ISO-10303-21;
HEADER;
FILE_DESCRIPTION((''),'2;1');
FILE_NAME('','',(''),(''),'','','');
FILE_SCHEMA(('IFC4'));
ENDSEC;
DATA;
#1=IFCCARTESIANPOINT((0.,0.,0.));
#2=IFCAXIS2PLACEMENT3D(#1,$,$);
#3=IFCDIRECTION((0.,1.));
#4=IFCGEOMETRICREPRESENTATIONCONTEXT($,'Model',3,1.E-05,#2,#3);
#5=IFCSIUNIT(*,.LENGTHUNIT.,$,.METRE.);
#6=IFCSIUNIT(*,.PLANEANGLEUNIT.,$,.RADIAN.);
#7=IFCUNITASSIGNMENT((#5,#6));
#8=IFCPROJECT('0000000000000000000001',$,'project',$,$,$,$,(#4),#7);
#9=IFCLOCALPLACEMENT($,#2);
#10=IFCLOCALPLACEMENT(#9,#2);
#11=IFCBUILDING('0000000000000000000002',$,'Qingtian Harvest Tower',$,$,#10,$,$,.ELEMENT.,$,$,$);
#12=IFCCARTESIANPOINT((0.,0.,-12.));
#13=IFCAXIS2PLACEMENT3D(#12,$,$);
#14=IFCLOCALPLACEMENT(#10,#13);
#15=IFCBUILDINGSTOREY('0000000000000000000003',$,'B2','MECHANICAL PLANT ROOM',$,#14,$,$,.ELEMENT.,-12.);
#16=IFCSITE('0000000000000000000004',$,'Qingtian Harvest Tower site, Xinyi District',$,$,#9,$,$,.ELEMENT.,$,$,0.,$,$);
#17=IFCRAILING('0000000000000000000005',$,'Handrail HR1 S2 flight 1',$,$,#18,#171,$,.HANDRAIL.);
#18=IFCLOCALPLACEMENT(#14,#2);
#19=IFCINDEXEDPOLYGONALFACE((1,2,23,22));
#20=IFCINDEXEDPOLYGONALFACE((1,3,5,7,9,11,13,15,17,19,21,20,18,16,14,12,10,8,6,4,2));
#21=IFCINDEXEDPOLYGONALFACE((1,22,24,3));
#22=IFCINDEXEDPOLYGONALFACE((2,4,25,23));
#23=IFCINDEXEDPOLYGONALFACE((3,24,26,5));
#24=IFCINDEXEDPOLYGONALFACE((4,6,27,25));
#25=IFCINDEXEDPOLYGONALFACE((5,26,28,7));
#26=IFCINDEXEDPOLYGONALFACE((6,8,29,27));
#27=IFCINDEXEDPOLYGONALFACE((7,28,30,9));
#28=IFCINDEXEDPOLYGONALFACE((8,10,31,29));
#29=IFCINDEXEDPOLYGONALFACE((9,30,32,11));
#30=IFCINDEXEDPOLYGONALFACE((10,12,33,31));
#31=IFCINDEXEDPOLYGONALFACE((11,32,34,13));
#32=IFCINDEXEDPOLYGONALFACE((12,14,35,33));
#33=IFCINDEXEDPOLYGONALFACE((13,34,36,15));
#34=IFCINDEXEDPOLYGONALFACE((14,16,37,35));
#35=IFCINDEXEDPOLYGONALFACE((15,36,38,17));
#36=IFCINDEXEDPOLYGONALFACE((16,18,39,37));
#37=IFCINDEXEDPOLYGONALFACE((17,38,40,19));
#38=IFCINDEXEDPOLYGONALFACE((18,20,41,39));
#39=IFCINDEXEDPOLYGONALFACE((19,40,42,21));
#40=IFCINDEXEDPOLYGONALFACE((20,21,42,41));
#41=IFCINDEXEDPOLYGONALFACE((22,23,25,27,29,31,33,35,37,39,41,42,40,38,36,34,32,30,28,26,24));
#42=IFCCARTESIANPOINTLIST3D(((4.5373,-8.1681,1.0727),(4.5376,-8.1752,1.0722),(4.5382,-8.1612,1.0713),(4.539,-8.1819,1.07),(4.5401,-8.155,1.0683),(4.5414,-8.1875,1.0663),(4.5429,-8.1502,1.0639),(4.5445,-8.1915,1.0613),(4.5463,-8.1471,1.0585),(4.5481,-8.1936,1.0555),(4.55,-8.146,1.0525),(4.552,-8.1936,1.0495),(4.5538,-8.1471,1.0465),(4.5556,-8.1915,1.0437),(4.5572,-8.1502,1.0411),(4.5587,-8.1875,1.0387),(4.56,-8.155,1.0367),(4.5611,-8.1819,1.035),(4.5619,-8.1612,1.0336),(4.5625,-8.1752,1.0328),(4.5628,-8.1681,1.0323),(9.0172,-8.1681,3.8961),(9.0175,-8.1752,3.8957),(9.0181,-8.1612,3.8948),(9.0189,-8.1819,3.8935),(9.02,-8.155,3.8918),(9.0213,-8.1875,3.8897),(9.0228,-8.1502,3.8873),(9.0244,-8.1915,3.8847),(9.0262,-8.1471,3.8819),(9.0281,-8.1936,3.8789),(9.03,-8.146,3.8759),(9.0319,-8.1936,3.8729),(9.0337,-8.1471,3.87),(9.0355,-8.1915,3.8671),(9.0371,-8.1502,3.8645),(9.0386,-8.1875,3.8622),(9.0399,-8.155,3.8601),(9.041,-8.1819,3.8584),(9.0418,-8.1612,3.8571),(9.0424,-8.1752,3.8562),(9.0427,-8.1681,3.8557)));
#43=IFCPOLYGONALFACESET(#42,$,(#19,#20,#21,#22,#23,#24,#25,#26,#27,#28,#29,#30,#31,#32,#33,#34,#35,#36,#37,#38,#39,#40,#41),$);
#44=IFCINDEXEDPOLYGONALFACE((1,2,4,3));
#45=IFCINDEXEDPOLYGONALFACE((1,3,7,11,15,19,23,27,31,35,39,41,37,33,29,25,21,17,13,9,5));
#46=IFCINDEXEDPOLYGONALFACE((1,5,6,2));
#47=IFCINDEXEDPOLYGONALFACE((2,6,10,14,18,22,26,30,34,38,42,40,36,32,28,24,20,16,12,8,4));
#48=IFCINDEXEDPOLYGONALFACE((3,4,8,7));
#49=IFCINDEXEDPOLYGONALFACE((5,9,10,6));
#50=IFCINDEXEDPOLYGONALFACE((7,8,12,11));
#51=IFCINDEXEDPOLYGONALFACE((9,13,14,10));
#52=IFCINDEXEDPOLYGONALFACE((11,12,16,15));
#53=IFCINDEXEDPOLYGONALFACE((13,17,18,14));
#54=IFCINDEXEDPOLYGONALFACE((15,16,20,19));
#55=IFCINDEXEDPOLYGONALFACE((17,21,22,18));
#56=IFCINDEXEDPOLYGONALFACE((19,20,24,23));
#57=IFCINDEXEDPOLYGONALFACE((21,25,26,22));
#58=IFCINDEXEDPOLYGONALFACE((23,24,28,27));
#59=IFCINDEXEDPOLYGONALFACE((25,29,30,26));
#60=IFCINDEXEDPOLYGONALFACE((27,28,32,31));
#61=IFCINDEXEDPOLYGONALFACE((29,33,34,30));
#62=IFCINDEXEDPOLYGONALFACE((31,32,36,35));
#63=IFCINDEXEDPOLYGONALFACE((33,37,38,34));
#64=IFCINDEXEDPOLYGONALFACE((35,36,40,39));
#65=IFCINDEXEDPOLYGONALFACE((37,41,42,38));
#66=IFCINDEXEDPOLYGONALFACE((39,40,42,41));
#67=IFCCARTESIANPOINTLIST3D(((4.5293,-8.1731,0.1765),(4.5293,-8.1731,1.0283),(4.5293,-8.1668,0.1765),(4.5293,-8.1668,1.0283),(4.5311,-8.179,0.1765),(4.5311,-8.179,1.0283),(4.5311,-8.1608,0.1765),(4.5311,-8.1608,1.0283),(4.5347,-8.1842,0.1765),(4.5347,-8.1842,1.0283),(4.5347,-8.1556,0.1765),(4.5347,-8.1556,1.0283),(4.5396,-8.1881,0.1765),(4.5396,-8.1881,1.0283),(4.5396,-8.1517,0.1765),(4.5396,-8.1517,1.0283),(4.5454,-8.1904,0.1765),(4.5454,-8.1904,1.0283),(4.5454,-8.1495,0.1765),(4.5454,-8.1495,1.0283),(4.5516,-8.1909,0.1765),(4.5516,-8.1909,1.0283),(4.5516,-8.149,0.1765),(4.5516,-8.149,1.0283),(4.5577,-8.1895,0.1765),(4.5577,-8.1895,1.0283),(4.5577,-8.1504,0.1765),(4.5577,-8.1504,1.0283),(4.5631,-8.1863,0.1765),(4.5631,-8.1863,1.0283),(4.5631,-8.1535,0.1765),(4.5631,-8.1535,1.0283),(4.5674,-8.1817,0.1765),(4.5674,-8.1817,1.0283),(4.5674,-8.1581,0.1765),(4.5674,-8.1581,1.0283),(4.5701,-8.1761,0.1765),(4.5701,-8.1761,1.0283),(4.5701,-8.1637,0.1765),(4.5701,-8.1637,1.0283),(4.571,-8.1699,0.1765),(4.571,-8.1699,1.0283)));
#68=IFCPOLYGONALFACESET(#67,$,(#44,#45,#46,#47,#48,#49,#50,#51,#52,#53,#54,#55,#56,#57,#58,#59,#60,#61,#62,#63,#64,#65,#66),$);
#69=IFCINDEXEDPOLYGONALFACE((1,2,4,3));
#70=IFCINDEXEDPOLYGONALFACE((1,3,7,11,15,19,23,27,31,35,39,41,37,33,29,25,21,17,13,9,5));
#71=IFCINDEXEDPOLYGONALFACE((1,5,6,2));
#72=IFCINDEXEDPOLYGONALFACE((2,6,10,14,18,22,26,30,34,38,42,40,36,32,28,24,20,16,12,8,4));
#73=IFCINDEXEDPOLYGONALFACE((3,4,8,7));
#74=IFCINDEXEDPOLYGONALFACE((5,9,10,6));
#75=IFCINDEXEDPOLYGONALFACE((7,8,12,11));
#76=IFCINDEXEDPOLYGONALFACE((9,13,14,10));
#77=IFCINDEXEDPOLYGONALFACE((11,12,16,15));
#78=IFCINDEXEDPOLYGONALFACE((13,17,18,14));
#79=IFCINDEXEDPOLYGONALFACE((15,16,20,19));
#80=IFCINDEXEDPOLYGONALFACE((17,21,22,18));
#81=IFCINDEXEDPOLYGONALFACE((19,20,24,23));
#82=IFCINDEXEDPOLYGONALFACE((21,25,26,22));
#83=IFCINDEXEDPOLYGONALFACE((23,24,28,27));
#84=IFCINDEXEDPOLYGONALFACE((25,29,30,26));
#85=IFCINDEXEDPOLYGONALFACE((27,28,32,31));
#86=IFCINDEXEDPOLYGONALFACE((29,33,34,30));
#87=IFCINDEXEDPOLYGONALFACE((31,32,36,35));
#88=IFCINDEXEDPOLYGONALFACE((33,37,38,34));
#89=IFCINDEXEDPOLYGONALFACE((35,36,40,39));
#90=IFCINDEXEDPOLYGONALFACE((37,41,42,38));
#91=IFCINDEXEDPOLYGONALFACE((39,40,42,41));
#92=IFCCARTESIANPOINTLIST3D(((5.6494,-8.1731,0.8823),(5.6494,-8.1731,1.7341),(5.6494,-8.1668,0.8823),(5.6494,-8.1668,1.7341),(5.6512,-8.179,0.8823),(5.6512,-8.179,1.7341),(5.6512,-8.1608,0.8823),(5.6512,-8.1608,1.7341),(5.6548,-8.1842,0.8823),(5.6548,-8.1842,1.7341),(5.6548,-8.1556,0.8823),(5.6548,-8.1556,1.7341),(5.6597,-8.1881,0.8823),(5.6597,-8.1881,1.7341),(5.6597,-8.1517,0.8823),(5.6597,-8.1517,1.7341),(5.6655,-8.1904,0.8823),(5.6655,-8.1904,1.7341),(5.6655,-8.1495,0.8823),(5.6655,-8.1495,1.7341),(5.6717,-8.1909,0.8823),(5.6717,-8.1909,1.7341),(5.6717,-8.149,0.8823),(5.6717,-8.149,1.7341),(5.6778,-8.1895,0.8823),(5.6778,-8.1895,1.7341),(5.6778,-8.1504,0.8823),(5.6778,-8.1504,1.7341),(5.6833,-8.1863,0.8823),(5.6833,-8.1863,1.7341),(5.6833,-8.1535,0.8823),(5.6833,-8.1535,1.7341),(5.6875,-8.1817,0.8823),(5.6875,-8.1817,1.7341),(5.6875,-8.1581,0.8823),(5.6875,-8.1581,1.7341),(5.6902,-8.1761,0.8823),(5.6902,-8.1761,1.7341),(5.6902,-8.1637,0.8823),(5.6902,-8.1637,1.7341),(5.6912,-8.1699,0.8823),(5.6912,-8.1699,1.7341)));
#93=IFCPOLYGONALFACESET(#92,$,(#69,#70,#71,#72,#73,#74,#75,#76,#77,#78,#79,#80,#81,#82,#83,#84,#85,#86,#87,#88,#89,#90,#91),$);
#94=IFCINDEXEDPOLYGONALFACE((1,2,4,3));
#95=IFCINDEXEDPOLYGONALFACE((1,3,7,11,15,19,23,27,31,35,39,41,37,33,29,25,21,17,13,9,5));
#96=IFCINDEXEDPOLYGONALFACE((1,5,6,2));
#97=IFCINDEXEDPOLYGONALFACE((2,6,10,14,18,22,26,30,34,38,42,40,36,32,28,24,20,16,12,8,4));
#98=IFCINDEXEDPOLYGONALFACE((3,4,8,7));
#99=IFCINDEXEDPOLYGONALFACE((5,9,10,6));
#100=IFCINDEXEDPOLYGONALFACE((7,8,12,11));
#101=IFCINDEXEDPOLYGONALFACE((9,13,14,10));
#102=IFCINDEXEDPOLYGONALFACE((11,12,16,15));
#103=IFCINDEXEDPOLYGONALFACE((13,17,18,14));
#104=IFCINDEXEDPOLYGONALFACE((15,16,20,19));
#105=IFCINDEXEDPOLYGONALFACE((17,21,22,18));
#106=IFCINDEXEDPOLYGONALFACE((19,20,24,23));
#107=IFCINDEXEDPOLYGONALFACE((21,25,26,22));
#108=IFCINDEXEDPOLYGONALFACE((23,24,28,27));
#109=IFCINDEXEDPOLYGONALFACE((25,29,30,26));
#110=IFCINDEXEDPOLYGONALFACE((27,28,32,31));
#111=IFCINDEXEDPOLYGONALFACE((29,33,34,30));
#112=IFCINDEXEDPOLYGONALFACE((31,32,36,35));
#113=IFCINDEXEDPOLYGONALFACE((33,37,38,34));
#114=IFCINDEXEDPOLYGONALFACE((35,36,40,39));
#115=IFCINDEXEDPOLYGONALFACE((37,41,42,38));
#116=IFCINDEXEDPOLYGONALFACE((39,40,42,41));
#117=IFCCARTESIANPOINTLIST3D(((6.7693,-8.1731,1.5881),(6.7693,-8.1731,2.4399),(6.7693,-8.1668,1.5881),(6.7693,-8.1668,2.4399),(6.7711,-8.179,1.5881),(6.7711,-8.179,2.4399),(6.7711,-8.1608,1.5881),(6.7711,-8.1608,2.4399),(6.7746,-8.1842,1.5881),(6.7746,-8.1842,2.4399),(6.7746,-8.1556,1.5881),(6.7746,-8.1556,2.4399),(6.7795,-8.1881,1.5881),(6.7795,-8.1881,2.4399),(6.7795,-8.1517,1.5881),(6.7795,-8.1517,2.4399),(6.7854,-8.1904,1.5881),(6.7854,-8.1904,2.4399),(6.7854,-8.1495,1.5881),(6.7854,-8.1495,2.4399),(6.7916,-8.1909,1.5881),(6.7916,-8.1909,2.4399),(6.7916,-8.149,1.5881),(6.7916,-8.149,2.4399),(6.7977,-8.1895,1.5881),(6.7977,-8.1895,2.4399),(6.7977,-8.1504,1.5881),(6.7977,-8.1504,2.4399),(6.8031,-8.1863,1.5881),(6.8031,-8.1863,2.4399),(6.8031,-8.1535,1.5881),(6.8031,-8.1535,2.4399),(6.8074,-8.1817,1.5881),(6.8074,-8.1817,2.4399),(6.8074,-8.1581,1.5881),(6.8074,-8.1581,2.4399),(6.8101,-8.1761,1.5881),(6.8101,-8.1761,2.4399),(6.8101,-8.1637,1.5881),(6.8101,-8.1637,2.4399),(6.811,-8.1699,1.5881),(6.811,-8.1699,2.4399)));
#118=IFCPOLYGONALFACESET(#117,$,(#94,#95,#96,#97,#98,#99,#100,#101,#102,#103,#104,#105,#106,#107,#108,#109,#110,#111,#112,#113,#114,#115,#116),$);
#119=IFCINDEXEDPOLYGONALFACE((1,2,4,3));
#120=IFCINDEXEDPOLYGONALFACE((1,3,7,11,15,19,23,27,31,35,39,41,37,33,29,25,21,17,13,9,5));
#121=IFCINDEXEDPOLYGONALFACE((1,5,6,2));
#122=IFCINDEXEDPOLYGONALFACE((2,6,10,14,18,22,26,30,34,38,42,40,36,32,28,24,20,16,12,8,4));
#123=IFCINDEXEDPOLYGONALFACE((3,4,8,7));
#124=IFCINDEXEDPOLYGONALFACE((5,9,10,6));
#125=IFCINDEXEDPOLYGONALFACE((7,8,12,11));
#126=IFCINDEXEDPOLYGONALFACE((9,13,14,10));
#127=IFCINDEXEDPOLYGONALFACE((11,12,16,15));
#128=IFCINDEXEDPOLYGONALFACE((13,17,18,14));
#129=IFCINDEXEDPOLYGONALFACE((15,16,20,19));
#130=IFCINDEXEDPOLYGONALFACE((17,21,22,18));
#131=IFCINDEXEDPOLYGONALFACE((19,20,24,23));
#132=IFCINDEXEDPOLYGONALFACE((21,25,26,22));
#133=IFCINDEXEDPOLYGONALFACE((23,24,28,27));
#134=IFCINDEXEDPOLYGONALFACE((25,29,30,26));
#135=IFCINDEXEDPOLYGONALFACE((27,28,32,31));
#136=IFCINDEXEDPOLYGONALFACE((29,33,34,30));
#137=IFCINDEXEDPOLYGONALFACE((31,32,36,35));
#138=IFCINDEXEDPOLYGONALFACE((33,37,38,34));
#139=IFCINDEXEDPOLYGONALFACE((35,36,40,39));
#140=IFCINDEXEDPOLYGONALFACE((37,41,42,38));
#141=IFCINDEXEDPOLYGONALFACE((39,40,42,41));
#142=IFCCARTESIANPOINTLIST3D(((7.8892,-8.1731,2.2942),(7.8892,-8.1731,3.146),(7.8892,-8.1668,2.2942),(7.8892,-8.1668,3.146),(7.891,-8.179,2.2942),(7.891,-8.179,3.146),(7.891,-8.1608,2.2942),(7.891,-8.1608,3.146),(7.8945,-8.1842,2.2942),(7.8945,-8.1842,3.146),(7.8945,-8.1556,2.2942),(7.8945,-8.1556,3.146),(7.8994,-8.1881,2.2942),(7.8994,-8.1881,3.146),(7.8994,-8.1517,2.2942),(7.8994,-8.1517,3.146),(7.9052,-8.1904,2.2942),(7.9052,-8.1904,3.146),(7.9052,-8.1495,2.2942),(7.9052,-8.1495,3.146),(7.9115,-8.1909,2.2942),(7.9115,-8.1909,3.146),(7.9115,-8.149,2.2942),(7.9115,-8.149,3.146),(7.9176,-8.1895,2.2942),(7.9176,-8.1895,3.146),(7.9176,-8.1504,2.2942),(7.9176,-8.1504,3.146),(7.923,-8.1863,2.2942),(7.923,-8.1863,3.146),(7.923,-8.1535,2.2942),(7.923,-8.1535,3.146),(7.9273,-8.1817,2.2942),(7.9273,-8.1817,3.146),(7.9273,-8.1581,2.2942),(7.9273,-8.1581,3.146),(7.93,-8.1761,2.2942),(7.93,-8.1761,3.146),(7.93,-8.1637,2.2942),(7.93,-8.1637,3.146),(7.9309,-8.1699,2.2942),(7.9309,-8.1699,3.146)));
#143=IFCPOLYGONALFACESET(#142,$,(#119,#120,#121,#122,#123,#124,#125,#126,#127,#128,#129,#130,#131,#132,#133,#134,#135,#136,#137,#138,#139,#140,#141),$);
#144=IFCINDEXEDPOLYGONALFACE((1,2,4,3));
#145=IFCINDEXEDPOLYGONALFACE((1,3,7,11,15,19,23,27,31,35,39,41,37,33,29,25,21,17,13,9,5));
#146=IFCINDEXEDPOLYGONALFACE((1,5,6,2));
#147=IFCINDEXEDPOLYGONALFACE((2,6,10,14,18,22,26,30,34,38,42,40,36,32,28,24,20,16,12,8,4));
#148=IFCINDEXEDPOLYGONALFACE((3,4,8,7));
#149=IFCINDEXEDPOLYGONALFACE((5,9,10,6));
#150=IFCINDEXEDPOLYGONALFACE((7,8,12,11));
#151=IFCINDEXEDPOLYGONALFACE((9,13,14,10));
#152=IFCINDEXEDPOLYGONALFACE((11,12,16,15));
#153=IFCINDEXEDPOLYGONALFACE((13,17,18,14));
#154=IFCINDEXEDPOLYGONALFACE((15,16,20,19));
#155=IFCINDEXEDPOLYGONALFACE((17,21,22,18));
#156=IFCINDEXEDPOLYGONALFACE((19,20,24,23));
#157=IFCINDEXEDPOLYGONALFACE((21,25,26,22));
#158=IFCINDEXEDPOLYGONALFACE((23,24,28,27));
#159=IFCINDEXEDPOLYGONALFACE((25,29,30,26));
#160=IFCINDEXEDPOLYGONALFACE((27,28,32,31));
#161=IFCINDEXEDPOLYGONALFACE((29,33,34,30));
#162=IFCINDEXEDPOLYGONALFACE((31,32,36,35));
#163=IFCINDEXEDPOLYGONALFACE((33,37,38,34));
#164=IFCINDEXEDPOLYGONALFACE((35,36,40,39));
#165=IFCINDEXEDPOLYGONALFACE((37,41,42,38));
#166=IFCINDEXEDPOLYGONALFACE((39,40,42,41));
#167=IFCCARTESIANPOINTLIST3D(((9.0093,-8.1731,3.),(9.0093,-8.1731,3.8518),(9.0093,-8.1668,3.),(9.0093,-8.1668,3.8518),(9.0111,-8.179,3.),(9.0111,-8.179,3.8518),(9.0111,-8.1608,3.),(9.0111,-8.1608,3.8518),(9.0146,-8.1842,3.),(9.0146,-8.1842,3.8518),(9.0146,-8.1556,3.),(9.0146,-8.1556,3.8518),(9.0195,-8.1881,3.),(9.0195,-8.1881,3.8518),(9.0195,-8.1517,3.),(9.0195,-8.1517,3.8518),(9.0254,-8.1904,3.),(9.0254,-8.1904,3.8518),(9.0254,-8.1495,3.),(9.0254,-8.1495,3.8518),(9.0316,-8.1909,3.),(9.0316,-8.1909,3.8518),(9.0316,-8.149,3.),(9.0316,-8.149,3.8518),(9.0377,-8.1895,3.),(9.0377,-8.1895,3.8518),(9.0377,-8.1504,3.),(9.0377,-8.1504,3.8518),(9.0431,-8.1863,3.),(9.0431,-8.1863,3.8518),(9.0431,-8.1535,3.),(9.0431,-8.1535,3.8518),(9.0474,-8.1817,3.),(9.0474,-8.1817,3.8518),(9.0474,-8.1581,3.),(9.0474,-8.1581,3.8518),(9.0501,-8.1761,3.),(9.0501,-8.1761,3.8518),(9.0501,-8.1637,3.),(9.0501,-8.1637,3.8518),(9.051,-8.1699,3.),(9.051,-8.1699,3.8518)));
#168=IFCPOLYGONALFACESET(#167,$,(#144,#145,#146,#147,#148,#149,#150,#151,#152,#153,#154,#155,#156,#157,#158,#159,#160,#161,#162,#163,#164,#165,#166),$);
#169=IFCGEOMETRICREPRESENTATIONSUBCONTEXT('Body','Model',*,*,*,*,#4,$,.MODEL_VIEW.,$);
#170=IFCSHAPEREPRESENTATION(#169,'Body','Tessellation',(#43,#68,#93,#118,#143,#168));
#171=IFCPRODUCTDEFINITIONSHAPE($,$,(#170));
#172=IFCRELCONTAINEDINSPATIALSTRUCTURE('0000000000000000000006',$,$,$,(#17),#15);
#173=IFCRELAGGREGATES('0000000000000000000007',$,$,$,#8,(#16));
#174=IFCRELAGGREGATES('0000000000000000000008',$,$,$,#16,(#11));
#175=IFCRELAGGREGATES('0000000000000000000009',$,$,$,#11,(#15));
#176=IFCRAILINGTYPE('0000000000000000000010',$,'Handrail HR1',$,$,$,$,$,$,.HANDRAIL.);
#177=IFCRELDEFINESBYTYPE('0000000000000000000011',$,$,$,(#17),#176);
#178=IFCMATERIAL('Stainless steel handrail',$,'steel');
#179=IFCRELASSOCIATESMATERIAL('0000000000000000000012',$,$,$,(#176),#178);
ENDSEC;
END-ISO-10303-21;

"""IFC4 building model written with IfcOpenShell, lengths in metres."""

from ifc_helpers import new_model, si_unit, direction, frame, origin, origin_2d, place, context, subcontext, project, spatial, circle, extrude, material, type_object, element, save


model = new_model("IFC4")

# Units and contexts
model_context = context("Model", 3, precision=1e-05, world=origin(), true_north=direction((0.0, 1.0)))
body_context = subcontext(model_context, "Body", "Model", "MODEL_VIEW")
ifc_project = project(units=[si_unit("LENGTHUNIT", "METRE"), si_unit("PLANEANGLEUNIT", "RADIAN")], contexts=[model_context])

# Site, building, storey
site_placement = place(None, origin())
site = spatial("IfcSite", under=ifc_project, at=site_placement, Name="Qingtian Harvest Tower site, Xinyi District", CompositionType="ELEMENT", RefElevation=0.0)
building_placement = place(site_placement, origin())
building = spatial("IfcBuilding", under=site, at=building_placement, Name="Qingtian Harvest Tower", CompositionType="ELEMENT")
storey_placement = place(building_placement, frame((0.0, 0.0, -12.0)))
storey = spatial("IfcBuildingStorey", under=building, at=storey_placement, Name="B2", Description="MECHANICAL PLANT ROOM", CompositionType="ELEMENT", Elevation=-12.0)

# Railing
ifc_material_1 = material(Name="Stainless steel handrail", Category="steel")
railing_type = type_object("IfcRailingType", Name="Handrail HR1", PredefinedType="HANDRAIL", material=ifc_material_1)
railing_1_placement = place(storey_placement, frame((4.55, -8.1699, 0.1765)))
element("IfcRailing", 1, at=railing_1_placement, inside=storey, type_object=railing_type, Name="Handrail HR1 S2 flight 1", PredefinedType="HANDRAIL", context=body_context, shape_type="SweptSolid", body=[
    extrude(circle(Radius=0.0239, at=origin_2d()), frame((0.0, 0.0, 0.876), z_axis=(0.845998, 0.0, 0.533186), x_axis=(0.0, 1.0, 0.0)), (0.0, 0.0, 1.0), 5.2954),
    extrude(circle(Radius=0.021, at=origin_2d()), origin(), (0.0, 0.0, 1.0), 0.8518),
    extrude(circle(Radius=0.021, at=origin_2d()), frame((1.1201, 0.0, 0.7058)), (0.0, 0.0, 1.0), 0.8518),
    extrude(circle(Radius=0.021, at=origin_2d()), frame((2.24, 0.0, 1.4116)), (0.0, 0.0, 1.0), 0.8518),
    extrude(circle(Radius=0.021, at=origin_2d()), frame((3.3599, 0.0, 2.1177)), (0.0, 0.0, 1.0), 0.8518),
    extrude(circle(Radius=0.021, at=origin_2d()), frame((4.48, 0.0, 2.8235)), (0.0, 0.0, 1.0), 0.8518),
])

save(model, "model.ifc")
